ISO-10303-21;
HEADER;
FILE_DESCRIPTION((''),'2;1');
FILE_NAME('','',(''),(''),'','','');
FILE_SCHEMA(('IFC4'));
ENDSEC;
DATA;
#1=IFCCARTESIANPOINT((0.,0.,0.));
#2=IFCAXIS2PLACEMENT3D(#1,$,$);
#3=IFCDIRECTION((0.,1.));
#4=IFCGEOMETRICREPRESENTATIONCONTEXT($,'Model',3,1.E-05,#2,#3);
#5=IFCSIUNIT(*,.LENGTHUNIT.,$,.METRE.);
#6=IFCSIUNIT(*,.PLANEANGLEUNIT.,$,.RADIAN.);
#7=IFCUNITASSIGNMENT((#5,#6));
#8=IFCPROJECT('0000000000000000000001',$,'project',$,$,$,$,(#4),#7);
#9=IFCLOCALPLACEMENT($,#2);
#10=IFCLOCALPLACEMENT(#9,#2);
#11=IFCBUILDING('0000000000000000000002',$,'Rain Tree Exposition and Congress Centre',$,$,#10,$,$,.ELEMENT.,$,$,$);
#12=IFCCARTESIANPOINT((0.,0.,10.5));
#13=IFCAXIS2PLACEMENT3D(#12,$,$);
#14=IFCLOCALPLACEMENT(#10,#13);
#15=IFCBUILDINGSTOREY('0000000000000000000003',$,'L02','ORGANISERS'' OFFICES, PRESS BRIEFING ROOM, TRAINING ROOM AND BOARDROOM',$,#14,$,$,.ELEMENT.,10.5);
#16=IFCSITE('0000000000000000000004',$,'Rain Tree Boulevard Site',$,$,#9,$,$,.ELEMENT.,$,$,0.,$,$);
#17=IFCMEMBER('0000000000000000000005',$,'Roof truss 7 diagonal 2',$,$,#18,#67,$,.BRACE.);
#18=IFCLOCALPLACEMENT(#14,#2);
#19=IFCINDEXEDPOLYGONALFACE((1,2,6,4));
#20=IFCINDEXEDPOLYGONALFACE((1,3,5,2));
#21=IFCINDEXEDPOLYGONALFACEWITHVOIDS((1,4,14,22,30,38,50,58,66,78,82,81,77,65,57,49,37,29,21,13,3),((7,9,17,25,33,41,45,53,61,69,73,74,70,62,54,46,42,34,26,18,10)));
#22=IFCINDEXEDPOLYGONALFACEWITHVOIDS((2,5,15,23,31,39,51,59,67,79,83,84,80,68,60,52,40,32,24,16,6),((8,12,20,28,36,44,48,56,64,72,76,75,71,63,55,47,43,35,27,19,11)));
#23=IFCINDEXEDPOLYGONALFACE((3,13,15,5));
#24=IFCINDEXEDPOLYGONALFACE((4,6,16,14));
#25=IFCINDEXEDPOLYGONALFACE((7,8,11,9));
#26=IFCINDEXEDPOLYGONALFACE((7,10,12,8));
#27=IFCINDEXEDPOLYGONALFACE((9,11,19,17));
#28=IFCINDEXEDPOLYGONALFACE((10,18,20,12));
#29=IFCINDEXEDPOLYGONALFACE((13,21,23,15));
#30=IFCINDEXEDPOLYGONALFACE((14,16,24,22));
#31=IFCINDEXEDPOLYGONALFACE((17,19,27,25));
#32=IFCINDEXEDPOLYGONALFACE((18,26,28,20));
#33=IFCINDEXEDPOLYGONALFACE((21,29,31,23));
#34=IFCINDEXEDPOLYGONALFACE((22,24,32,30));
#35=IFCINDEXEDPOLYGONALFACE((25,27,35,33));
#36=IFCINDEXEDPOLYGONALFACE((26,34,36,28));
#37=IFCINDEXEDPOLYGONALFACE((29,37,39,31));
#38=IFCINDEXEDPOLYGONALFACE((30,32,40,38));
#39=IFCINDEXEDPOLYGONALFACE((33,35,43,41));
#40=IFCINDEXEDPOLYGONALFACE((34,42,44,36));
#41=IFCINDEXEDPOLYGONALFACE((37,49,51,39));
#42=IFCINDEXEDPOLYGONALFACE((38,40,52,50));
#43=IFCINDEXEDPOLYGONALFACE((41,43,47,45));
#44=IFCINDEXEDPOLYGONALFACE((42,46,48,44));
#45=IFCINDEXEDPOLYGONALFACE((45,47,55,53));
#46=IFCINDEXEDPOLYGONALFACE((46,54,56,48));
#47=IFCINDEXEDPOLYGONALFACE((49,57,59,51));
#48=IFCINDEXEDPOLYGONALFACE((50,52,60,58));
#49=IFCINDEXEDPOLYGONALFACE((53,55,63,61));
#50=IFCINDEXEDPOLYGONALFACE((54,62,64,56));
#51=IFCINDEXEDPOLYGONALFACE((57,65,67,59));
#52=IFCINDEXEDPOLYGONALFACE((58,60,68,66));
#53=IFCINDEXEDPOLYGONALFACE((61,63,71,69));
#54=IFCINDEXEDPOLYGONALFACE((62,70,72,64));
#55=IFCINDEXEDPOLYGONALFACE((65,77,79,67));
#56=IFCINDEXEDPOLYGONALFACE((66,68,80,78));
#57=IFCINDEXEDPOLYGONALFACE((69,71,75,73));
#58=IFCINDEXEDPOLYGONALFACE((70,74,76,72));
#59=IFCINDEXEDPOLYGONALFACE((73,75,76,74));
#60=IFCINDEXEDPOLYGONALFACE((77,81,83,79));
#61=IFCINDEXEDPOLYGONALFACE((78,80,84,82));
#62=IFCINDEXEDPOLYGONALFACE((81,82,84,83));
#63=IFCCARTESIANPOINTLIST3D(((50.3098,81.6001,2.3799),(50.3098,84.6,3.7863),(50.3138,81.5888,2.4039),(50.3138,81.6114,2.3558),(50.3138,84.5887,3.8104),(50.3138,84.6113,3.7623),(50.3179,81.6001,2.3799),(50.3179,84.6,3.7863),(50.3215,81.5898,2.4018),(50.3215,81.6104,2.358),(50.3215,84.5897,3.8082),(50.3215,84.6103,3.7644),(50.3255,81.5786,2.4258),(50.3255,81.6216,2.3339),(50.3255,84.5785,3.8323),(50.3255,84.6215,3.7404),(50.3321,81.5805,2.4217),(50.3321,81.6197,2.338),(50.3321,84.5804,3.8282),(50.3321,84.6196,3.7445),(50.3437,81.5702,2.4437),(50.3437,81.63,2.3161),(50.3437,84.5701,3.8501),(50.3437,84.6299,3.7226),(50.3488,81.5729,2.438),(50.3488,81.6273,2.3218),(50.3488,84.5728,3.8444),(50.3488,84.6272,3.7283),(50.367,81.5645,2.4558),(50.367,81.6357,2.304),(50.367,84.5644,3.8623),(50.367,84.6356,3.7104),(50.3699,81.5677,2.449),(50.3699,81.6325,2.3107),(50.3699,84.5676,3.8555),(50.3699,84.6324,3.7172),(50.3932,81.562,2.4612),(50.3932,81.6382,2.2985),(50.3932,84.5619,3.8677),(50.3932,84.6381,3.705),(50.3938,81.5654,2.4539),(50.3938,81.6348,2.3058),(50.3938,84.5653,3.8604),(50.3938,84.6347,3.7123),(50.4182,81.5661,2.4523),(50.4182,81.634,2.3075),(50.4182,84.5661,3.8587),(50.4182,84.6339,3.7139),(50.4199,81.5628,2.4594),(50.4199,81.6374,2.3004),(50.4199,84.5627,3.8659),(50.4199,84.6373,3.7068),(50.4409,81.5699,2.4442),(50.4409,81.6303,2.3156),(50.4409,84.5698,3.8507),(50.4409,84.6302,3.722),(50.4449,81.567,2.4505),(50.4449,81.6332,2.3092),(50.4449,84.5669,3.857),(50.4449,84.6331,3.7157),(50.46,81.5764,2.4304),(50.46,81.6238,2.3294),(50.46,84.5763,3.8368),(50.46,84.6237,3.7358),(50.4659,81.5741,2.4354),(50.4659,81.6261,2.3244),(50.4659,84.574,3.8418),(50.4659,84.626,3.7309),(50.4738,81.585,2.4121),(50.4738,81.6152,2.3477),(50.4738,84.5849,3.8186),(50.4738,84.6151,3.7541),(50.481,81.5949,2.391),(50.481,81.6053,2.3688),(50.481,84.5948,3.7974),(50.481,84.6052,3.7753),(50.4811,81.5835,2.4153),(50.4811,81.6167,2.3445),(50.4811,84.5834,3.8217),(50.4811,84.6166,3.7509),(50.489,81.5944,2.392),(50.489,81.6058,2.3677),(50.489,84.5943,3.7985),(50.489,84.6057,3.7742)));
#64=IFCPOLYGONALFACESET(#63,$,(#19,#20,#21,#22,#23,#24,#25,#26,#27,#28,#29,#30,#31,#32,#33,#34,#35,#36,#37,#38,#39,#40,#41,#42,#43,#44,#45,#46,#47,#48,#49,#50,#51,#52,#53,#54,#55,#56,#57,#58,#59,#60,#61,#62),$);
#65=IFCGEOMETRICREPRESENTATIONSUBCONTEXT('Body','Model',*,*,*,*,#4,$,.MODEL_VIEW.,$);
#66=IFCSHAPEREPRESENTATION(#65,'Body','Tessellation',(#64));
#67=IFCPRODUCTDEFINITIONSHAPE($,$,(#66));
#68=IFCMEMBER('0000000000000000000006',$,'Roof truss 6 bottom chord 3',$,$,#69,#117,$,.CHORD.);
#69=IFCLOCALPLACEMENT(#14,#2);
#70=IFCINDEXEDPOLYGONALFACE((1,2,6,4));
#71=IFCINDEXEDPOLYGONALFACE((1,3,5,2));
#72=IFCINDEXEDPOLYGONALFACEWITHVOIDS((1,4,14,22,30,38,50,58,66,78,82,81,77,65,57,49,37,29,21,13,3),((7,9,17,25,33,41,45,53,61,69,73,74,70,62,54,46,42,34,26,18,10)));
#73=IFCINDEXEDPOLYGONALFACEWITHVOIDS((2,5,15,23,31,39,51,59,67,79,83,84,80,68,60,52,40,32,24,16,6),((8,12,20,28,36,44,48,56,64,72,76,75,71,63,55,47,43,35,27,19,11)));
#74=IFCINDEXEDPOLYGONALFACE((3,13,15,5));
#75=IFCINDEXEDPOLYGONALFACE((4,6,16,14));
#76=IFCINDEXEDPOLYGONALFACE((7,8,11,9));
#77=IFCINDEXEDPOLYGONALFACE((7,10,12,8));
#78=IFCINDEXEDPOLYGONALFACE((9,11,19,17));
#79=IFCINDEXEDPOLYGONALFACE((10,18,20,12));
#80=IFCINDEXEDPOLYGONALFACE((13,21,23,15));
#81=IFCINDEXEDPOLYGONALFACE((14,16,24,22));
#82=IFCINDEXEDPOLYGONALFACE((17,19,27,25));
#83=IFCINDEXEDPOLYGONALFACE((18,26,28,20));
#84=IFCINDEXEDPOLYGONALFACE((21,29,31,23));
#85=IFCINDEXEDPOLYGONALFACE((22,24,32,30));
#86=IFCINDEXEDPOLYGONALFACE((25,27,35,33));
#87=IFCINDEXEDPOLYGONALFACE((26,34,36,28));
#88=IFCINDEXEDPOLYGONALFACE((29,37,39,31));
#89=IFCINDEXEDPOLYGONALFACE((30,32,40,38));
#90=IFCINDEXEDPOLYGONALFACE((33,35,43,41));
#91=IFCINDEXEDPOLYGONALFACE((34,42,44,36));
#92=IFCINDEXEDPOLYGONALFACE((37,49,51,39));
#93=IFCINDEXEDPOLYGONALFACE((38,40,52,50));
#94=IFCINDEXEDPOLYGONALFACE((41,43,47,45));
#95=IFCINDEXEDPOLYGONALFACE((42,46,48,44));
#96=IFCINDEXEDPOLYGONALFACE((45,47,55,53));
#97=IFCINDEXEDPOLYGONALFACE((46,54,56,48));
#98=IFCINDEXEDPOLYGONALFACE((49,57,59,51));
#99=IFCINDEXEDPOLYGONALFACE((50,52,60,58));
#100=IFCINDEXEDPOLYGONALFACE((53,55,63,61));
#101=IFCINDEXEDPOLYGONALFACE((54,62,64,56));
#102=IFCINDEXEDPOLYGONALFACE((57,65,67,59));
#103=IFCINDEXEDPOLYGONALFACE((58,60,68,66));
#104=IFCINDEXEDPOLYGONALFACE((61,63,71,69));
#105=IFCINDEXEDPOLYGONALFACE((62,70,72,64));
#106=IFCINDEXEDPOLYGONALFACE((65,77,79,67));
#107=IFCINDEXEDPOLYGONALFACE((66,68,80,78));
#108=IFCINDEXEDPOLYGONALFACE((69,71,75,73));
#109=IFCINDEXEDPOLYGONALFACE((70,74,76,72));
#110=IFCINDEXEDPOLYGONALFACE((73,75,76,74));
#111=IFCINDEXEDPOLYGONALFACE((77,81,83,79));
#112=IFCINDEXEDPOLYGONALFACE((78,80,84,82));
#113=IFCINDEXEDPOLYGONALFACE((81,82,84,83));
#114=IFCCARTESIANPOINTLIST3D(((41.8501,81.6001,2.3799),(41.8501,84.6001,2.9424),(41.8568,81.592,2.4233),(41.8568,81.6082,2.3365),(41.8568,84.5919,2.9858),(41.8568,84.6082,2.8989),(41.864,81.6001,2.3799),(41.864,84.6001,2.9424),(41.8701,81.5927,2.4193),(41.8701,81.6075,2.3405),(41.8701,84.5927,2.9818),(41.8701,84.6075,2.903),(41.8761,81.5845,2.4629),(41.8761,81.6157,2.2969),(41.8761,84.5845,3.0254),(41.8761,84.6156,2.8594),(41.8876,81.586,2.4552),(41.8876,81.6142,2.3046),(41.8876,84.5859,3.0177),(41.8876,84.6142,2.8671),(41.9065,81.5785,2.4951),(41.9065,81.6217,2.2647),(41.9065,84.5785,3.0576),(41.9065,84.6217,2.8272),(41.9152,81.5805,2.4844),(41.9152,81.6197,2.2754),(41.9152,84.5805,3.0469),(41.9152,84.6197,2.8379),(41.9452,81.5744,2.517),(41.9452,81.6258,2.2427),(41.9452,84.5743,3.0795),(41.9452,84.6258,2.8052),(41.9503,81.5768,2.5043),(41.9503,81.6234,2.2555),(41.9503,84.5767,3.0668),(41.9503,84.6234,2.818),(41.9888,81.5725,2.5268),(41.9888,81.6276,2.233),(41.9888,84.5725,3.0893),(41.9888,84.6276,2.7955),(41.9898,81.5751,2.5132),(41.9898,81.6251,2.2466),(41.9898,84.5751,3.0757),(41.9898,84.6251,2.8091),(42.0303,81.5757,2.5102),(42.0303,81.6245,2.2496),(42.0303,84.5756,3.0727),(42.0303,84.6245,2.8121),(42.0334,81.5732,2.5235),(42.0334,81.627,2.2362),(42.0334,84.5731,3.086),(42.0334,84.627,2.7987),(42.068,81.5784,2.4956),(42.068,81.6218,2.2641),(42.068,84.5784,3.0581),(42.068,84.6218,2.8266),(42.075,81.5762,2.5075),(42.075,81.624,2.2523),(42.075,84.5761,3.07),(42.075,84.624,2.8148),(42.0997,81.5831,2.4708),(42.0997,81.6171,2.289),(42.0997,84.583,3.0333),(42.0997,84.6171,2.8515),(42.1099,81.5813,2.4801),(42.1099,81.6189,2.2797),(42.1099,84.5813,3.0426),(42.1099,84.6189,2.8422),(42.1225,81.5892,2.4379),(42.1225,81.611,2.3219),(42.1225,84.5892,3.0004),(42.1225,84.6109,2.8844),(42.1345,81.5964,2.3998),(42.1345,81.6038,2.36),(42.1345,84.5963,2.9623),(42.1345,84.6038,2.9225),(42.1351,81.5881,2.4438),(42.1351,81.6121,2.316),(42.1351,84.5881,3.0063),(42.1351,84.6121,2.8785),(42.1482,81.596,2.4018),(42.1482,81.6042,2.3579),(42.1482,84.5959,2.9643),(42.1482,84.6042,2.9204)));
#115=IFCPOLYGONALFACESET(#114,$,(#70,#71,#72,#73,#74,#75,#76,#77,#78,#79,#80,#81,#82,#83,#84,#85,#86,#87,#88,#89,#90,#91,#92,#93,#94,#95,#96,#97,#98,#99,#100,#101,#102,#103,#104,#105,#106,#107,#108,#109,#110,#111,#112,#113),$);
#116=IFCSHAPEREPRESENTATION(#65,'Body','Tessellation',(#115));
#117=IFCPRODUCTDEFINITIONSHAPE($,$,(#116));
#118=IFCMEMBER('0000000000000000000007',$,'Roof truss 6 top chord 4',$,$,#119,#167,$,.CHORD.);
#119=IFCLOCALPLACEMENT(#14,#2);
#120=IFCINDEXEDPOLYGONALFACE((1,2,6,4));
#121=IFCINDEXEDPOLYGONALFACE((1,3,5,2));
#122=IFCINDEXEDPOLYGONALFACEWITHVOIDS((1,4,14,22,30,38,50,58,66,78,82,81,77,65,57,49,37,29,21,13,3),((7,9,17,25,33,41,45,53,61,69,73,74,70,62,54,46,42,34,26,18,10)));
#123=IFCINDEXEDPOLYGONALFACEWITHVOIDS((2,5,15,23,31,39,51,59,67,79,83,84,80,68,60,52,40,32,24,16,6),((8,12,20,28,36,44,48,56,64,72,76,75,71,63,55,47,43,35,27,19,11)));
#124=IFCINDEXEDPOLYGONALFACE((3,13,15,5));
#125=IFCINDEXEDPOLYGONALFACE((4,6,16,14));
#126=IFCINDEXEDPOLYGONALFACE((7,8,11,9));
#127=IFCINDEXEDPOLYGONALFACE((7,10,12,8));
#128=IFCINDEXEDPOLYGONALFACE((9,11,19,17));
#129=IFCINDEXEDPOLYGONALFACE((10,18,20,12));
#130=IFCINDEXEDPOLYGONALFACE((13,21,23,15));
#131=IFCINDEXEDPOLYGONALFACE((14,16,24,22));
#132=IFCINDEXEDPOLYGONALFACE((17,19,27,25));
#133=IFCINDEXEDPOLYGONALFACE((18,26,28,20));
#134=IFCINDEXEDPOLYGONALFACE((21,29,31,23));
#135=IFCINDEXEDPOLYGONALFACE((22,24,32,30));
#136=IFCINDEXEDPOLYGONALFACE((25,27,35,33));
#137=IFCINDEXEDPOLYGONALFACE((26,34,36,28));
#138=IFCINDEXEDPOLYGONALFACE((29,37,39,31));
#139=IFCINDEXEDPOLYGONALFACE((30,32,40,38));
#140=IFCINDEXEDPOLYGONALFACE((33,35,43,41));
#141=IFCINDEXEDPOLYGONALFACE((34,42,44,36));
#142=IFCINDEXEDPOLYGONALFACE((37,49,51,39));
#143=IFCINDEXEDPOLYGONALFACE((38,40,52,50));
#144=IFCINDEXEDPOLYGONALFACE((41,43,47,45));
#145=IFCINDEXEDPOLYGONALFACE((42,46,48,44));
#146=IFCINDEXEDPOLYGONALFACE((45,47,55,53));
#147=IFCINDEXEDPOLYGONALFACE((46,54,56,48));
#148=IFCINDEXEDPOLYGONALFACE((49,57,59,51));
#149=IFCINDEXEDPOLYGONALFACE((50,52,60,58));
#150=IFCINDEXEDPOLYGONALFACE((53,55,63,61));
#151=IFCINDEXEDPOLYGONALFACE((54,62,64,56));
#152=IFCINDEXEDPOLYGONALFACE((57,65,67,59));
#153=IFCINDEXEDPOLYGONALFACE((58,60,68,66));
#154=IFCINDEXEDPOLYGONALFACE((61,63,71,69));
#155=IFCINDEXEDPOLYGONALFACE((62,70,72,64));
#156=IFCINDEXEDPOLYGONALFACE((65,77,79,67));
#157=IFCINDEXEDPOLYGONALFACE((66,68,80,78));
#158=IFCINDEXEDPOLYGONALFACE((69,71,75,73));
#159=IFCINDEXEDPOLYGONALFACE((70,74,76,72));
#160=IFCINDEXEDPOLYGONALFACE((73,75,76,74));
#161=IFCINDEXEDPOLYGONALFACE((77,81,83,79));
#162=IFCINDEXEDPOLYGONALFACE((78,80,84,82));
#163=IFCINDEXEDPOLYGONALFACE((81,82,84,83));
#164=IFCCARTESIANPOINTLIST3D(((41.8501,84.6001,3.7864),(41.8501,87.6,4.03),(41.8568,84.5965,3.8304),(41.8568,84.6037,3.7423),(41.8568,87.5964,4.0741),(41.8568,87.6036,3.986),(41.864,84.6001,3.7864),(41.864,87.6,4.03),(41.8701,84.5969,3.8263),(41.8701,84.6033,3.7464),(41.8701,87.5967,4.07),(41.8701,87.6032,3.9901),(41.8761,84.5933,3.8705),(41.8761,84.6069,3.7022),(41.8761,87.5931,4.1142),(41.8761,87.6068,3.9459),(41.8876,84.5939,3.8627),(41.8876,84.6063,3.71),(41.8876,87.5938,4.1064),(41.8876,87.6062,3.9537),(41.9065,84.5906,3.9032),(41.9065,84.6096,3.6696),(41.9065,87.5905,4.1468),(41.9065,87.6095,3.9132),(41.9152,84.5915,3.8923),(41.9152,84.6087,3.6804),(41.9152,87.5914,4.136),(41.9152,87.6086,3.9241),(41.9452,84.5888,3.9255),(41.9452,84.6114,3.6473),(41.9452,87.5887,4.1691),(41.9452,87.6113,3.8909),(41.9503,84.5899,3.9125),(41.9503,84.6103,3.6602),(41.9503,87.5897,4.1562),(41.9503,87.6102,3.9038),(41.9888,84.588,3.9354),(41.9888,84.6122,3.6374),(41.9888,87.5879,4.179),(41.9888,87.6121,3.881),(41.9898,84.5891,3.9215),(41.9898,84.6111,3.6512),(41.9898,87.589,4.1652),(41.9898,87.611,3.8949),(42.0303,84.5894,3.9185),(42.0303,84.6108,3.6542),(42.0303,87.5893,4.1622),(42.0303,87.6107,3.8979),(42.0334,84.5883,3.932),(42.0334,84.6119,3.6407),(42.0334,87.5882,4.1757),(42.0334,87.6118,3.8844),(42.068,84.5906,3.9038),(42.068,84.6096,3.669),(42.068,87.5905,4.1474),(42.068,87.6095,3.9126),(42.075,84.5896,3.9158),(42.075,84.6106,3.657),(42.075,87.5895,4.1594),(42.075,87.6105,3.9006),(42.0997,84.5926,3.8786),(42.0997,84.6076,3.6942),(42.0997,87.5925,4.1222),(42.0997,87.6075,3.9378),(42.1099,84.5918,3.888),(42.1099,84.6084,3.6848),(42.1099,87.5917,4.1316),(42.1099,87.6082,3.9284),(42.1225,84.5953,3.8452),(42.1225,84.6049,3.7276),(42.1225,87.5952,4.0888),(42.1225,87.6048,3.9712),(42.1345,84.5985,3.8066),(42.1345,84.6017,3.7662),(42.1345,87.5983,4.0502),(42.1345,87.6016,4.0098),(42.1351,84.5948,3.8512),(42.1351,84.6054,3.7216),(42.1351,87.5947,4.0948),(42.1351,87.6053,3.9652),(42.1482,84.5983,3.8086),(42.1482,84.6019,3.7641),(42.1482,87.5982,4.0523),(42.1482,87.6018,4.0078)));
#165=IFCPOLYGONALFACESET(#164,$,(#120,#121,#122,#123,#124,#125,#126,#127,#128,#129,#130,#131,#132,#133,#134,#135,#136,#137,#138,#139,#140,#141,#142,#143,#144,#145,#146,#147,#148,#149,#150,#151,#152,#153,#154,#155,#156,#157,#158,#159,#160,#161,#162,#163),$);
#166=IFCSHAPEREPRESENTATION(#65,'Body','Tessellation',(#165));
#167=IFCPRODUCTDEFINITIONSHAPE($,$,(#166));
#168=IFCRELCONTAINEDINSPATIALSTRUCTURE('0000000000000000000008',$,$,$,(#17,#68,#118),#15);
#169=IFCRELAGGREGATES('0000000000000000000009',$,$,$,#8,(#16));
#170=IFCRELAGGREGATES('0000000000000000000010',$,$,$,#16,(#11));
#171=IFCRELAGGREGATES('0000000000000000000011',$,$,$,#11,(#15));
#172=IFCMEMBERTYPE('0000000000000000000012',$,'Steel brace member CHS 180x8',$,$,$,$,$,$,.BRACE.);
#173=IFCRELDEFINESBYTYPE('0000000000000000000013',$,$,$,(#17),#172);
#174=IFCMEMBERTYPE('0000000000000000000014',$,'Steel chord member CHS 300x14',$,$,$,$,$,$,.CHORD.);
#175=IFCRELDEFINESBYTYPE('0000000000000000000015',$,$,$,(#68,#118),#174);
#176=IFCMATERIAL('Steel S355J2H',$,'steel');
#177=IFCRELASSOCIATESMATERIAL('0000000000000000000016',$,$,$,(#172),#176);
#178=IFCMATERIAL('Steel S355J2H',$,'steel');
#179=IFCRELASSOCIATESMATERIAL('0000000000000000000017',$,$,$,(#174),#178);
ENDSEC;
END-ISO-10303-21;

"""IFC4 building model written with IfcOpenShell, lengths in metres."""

from ifc_helpers import new_model, si_unit, direction, frame, origin, origin_2d, place, context, subcontext, project, spatial, hollow_circle, extrude, material, material_profile, profile_set, type_object, element, save


model = new_model("IFC4")

# Units and contexts
model_context = context("Model", 3, precision=1e-05, world=origin(), true_north=direction((0.0, 1.0)))
body_context = subcontext(model_context, "Body", "Model", "MODEL_VIEW")
ifc_project = project(units=[si_unit("LENGTHUNIT", "METRE"), si_unit("PLANEANGLEUNIT", "RADIAN")], contexts=[model_context])

# Site, building, storey
site_placement = place(None, origin())
site = spatial("IfcSite", under=ifc_project, at=site_placement, Name="Rain Tree Boulevard Site", CompositionType="ELEMENT", RefElevation=0.0)
building_placement = place(site_placement, origin())
building = spatial("IfcBuilding", under=site, at=building_placement, Name="Rain Tree Exposition and Congress Centre", CompositionType="ELEMENT")
storey_placement = place(building_placement, frame((0.0, 0.0, 10.5)))
storey = spatial("IfcBuildingStorey", under=building, at=storey_placement, Name="L02", Description="ORGANISERS' OFFICES, PRESS BRIEFING ROOM, TRAINING ROOM AND BOARDROOM", CompositionType="ELEMENT", Elevation=10.5)

# Members
ifc_material_1 = material(Name="Steel S355J2H", Category="steel")
ifc_material_profile_1 = material_profile(ifc_material_1, hollow_circle(Radius=0.0901, WallThickness=0.0081, at=origin_2d()), Name="CHS 180x8")
ifc_profile_set_1 = profile_set([ifc_material_profile_1], Name="Steel S355J2H")
member_type_1 = type_object("IfcMemberType", Name="Steel brace member CHS 180x8", PredefinedType="BRACE", material=ifc_profile_set_1)
member_1_placement = place(storey_placement, frame((50.3999, 81.6001, 2.3799), z_axis=(0.0, 0.905431, 0.424494), x_axis=(-1.0, 0.0, 0.0)))
element("IfcMember", 1, at=member_1_placement, inside=storey, type_object=member_type_1, Name="Roof truss 7 diagonal 2", PredefinedType="BRACE", context=body_context, shape_type="SweptSolid", body=[
    extrude(hollow_circle(Radius=0.0901, WallThickness=0.0081, at=origin_2d()), origin(), (0.0, 0.0, 1.0), 3.3132),
])
ifc_material_2 = material(Name="Steel S355J2H", Category="steel")
ifc_material_profile_2 = material_profile(ifc_material_2, hollow_circle(Radius=0.1499, WallThickness=0.0139, at=origin_2d()), Name="CHS 300x14")
ifc_profile_set_2 = profile_set([ifc_material_profile_2], Name="Steel S355J2H")
member_type_2 = type_object("IfcMemberType", Name="Steel chord member CHS 300x14", PredefinedType="CHORD", material=ifc_profile_set_2)
member_2_placement = place(storey_placement, frame((42.0, 81.6001, 2.3799), z_axis=(0.0, 0.982872, 0.184289), x_axis=(-1.0, 0.0, 0.0)))
element("IfcMember", 2, at=member_2_placement, inside=storey, type_object=member_type_2, Name="Roof truss 6 bottom chord 3", PredefinedType="CHORD", context=body_context, shape_type="SweptSolid", body=[
    extrude(hollow_circle(Radius=0.1499, WallThickness=0.0139, at=origin_2d()), origin(), (0.0, 0.0, 1.0), 3.0522),
])
member_3_placement = place(storey_placement, frame((42.0, 84.6001, 3.7864), z_axis=(0.0, 0.996718, 0.080951), x_axis=(-1.0, 0.0, 0.0)))
element("IfcMember", 3, at=member_3_placement, inside=storey, type_object=member_type_2, Name="Roof truss 6 top chord 4", PredefinedType="CHORD", context=body_context, shape_type="SweptSolid", body=[
    extrude(hollow_circle(Radius=0.1499, WallThickness=0.0139, at=origin_2d()), origin(), (0.0, 0.0, 1.0), 3.0098),
])

save(model, "model.ifc")
